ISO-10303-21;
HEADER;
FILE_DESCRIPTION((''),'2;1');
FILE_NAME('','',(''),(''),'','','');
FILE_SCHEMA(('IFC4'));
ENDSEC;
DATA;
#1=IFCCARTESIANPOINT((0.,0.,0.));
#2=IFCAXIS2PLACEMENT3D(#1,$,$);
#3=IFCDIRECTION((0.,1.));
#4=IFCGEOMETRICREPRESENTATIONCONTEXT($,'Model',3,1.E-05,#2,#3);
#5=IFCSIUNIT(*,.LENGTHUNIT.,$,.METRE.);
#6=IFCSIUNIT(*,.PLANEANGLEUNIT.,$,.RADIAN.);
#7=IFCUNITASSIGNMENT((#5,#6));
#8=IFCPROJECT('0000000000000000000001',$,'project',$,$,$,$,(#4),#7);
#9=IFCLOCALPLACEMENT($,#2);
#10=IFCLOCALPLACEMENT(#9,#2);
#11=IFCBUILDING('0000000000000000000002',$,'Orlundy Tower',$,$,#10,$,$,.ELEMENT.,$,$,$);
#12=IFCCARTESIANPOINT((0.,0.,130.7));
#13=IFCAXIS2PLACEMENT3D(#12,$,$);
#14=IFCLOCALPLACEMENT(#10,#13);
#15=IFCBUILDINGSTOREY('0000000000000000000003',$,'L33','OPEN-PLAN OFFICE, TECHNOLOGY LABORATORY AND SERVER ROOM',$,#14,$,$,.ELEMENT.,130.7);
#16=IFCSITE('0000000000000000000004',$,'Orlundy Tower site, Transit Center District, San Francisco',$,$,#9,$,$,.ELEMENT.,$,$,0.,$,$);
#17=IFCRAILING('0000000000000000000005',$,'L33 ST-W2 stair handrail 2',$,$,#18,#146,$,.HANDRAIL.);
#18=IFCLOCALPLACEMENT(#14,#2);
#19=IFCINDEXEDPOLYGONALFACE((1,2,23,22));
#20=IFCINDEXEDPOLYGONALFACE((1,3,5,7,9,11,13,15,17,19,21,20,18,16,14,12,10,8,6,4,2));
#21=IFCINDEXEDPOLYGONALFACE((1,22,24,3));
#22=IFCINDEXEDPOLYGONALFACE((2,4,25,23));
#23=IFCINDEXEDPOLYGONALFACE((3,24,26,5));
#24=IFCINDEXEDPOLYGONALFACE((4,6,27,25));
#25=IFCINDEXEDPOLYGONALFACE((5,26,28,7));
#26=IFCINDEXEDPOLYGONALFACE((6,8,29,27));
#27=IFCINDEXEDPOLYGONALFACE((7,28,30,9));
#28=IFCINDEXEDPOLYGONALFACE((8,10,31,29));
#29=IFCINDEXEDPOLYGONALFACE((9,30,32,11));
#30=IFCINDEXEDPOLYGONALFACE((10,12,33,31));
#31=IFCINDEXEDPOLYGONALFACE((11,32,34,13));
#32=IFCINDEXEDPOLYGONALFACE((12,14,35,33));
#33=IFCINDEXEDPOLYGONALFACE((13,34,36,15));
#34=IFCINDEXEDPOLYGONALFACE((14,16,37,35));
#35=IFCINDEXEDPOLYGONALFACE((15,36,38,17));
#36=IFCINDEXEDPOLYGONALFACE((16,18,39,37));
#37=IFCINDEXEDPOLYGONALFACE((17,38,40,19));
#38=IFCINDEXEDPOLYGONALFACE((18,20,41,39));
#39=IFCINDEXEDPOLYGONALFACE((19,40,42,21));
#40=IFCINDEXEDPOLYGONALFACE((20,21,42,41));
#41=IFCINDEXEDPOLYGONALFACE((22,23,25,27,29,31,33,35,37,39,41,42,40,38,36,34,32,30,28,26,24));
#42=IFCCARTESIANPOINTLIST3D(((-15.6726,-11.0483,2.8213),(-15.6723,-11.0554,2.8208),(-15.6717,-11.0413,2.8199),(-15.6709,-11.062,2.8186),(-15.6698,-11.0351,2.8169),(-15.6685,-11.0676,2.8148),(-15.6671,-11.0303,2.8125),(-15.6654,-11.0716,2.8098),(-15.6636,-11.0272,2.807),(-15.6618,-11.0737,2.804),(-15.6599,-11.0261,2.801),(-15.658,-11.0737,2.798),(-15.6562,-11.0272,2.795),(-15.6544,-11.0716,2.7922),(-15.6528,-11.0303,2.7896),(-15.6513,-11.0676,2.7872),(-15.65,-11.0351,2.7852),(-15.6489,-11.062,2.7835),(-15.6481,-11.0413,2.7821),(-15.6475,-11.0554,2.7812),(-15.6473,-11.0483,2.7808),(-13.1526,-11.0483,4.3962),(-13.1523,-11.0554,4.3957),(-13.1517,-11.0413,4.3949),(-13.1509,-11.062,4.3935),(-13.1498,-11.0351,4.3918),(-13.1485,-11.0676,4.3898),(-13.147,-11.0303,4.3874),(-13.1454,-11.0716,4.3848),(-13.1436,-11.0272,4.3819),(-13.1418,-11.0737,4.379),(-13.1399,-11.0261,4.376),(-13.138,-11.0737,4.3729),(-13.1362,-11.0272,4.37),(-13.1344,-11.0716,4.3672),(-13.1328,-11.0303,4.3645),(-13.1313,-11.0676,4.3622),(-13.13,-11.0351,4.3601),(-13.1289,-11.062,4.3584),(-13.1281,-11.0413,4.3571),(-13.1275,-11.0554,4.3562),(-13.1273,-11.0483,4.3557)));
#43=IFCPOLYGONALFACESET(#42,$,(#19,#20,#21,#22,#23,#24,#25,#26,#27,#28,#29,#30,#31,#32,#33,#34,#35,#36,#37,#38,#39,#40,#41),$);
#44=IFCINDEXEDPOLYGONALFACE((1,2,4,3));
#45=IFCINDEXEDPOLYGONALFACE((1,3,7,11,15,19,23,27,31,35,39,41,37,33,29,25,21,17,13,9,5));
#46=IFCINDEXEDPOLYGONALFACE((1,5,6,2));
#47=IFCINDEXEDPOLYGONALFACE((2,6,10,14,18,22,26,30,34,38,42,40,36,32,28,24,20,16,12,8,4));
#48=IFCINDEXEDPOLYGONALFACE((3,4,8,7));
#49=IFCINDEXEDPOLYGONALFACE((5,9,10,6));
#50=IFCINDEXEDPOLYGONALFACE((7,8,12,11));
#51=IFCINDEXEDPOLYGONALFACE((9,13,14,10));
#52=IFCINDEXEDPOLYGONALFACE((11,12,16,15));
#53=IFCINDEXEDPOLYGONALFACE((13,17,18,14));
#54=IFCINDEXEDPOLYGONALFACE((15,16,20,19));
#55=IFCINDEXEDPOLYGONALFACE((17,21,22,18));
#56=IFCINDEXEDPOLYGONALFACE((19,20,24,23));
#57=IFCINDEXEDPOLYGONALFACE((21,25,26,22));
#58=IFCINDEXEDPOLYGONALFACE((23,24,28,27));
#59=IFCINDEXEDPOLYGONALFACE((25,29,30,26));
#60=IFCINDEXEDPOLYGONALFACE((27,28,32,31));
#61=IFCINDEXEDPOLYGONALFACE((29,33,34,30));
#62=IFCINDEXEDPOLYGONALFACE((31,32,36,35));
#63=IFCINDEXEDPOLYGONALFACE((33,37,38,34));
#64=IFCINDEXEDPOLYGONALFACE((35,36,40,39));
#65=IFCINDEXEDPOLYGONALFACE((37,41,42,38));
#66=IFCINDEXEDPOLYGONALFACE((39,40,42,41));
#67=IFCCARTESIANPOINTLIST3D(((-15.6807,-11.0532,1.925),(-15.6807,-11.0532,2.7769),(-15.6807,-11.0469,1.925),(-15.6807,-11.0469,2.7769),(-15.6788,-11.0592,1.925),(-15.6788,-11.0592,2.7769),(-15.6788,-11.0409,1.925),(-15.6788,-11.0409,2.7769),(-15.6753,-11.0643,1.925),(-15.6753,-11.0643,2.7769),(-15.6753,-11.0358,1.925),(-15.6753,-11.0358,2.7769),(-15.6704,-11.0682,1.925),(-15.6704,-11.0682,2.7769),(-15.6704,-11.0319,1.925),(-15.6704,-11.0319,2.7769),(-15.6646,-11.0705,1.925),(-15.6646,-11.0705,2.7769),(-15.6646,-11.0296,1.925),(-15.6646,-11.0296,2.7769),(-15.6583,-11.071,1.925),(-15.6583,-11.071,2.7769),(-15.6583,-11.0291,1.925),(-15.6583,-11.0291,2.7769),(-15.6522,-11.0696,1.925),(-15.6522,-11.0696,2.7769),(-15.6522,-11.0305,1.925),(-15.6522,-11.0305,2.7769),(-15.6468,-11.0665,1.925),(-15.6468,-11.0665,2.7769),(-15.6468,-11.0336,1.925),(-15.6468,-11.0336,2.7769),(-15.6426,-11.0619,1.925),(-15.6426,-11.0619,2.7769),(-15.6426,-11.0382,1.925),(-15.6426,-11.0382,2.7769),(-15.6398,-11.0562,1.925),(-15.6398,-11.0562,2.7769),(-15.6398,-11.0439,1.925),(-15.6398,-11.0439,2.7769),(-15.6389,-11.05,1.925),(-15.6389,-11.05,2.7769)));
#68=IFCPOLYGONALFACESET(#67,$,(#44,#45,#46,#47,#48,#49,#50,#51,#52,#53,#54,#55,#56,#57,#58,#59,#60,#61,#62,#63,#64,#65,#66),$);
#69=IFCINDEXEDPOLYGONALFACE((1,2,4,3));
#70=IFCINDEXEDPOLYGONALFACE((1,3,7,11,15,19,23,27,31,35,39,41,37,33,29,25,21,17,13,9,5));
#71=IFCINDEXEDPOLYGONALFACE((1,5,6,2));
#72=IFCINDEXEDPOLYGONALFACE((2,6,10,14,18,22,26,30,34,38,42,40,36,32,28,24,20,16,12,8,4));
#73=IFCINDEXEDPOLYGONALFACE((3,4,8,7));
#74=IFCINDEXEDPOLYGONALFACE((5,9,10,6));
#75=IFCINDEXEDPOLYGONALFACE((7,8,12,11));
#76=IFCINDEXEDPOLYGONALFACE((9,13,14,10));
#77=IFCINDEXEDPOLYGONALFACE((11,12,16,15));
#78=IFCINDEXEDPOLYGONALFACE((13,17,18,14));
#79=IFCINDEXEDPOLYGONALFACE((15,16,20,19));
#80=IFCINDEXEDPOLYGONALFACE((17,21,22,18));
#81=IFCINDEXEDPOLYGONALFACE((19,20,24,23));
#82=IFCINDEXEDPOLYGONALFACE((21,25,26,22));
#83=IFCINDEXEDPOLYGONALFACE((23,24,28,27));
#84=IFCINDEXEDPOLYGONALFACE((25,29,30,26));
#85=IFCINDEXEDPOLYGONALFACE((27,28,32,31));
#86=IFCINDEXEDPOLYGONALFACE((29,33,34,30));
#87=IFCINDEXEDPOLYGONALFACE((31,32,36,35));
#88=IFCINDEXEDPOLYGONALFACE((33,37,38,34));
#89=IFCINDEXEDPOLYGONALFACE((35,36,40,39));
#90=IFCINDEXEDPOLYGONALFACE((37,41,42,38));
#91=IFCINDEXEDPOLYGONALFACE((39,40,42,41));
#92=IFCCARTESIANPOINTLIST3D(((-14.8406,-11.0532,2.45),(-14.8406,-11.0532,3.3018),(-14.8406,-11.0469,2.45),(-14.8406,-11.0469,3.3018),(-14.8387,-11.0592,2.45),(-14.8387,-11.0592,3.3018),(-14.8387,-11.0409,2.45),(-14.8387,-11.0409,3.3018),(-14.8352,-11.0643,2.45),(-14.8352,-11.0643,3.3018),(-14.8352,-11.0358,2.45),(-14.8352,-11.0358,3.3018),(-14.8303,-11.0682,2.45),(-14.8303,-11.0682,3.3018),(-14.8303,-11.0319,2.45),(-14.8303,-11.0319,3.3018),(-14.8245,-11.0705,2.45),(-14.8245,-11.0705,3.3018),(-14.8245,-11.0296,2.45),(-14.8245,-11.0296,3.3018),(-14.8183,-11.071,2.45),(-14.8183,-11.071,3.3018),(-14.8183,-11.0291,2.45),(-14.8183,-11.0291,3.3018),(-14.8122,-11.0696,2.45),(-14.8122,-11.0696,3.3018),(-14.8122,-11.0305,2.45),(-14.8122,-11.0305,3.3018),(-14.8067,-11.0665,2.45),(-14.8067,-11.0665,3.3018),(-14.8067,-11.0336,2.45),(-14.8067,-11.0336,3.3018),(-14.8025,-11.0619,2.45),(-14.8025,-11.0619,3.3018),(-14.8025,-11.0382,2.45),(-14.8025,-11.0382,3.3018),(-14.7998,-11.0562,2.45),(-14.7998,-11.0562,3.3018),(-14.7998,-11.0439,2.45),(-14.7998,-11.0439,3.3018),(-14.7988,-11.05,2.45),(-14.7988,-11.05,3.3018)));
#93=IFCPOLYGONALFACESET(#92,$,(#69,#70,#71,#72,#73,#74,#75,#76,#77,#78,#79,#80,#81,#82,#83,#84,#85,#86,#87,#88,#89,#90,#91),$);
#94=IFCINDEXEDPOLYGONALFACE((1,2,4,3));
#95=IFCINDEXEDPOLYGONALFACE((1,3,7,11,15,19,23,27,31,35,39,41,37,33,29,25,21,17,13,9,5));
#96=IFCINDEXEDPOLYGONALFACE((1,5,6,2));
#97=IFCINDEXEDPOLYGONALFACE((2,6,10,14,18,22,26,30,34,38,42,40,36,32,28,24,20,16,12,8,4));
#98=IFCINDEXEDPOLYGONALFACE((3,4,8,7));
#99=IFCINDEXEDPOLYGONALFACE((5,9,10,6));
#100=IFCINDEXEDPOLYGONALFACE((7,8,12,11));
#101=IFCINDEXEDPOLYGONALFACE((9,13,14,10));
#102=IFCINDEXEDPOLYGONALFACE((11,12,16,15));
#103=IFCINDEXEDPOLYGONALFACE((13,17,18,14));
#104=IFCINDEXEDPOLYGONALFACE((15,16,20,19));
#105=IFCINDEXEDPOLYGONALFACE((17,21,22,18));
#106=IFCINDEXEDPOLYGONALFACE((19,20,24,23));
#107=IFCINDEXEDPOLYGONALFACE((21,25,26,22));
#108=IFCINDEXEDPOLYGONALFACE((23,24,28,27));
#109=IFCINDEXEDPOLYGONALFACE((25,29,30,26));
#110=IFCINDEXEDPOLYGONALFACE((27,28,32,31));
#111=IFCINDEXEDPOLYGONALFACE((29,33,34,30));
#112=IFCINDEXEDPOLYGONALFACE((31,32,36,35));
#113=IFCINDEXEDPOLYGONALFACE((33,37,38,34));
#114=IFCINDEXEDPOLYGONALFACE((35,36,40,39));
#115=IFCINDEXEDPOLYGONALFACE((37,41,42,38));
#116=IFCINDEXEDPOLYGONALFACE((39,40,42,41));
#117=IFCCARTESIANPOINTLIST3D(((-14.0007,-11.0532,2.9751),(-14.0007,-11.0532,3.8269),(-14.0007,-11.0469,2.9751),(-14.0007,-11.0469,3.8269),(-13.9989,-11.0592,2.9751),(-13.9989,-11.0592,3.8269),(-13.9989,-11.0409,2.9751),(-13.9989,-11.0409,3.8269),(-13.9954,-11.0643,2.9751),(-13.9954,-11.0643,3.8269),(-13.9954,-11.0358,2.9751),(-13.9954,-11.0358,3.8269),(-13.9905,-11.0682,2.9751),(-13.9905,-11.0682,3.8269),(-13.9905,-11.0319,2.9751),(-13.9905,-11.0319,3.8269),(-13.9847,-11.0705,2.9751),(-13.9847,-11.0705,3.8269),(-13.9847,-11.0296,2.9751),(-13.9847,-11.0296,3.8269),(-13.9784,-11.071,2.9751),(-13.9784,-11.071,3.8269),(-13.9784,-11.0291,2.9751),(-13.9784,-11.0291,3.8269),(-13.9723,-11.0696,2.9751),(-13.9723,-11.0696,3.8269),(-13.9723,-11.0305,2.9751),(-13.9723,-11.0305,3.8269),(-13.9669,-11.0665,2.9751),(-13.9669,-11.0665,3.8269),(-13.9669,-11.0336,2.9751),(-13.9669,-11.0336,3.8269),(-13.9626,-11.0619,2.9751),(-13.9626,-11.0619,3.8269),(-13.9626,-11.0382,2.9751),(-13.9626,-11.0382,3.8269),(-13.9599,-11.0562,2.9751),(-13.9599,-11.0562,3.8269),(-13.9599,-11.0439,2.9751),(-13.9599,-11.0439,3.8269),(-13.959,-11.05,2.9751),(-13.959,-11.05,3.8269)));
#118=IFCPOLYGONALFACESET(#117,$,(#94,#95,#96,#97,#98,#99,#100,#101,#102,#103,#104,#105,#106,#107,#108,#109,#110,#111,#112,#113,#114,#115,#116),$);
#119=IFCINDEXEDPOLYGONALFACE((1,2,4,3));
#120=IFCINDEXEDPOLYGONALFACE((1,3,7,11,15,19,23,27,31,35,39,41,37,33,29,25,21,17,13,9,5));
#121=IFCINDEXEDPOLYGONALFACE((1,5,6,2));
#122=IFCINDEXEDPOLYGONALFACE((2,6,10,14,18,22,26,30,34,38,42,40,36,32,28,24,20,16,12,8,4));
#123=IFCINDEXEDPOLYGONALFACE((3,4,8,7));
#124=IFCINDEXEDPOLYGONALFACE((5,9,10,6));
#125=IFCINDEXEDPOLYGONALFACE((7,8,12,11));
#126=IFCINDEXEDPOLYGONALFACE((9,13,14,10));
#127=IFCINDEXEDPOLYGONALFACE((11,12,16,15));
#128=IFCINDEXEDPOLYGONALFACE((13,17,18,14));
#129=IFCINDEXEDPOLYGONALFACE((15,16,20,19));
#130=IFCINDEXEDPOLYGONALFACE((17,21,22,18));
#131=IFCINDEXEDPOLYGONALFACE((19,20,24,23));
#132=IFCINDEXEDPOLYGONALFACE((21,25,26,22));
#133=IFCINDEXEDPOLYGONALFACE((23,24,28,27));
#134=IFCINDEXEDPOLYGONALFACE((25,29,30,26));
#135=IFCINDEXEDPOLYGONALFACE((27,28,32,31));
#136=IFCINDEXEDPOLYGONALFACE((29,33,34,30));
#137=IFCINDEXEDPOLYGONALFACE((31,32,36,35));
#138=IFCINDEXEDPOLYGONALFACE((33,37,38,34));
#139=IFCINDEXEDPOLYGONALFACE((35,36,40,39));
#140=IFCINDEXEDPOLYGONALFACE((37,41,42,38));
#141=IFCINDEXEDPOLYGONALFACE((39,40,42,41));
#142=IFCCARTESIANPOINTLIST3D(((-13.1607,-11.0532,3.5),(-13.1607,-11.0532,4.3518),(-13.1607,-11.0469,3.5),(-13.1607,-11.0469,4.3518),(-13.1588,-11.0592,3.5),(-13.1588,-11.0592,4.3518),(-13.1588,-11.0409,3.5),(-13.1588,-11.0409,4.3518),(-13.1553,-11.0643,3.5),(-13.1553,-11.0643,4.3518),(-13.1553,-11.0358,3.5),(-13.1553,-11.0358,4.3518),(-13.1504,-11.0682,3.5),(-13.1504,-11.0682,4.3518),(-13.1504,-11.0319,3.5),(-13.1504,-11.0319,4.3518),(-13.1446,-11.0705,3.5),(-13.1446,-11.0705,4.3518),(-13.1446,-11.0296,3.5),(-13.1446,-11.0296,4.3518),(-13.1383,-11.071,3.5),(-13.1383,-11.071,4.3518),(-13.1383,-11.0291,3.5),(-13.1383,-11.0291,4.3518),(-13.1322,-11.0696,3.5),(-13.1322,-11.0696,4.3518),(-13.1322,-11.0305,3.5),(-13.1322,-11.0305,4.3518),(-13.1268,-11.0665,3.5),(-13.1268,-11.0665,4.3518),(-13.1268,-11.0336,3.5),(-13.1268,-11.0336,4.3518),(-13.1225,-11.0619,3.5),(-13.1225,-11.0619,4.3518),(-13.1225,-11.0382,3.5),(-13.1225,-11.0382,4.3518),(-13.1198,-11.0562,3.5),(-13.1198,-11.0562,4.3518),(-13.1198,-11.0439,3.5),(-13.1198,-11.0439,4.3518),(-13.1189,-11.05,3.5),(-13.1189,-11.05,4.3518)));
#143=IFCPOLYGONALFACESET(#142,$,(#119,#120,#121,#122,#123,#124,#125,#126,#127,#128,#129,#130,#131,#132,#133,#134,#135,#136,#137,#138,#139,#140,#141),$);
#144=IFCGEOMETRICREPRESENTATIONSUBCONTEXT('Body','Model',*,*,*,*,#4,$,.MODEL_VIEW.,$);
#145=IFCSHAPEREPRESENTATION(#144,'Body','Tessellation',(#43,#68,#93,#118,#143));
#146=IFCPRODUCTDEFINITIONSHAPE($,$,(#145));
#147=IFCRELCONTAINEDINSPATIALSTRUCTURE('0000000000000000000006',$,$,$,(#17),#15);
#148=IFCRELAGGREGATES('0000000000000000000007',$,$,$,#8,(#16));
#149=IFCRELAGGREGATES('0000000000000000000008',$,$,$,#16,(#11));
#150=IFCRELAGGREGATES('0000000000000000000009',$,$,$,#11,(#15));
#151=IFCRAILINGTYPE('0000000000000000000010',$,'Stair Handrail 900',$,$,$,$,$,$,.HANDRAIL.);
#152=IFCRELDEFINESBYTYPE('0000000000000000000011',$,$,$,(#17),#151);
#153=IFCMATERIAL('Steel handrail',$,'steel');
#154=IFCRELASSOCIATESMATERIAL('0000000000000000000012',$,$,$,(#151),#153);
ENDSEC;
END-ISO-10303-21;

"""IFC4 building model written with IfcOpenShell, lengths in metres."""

from ifc_helpers import new_model, si_unit, direction, frame, origin, origin_2d, place, context, subcontext, project, spatial, circle, extrude, material, type_object, element, save


model = new_model("IFC4")

# Units and contexts
model_context = context("Model", 3, precision=1e-05, world=origin(), true_north=direction((0.0, 1.0)))
body_context = subcontext(model_context, "Body", "Model", "MODEL_VIEW")
ifc_project = project(units=[si_unit("LENGTHUNIT", "METRE"), si_unit("PLANEANGLEUNIT", "RADIAN")], contexts=[model_context])

# Site, building, storey
site_placement = place(None, origin())
site = spatial("IfcSite", under=ifc_project, at=site_placement, Name="Orlundy Tower site, Transit Center District, San Francisco", CompositionType="ELEMENT", RefElevation=0.0)
building_placement = place(site_placement, origin())
building = spatial("IfcBuilding", under=site, at=building_placement, Name="Orlundy Tower", CompositionType="ELEMENT")
storey_placement = place(building_placement, frame((0.0, 0.0, 130.7)))
storey = spatial("IfcBuildingStorey", under=building, at=storey_placement, Name="L33", Description="OPEN-PLAN OFFICE, TECHNOLOGY LABORATORY AND SERVER ROOM", CompositionType="ELEMENT", Elevation=130.7)

# Railing
ifc_material_1 = material(Name="Steel handrail", Category="steel")
railing_type = type_object("IfcRailingType", Name="Stair Handrail 900", PredefinedType="HANDRAIL", material=ifc_material_1)
railing_placement = place(storey_placement, frame((-15.6599, -11.05, 1.925)))
element("IfcRailing", 1, at=railing_placement, inside=storey, type_object=railing_type, Name="L33 ST-W2 stair handrail 2", PredefinedType="HANDRAIL", context=body_context, shape_type="SweptSolid", body=[
    extrude(circle(Radius=0.0239, at=origin_2d()), frame((0.0, 0.0, 0.876), z_axis=(0.848008, 0.0, 0.529984), x_axis=(0.0, 1.0, 0.0)), (0.0, 0.0, 1.0), 2.9717),
    extrude(circle(Radius=0.021, at=origin_2d()), origin(), (0.0, 0.0, 1.0), 0.8518),
    extrude(circle(Radius=0.021, at=origin_2d()), frame((0.8401, 0.0, 0.5249)), (0.0, 0.0, 1.0), 0.8518),
    extrude(circle(Radius=0.021, at=origin_2d()), frame((1.6799, 0.0, 1.05)), (0.0, 0.0, 1.0), 0.8518),
    extrude(circle(Radius=0.021, at=origin_2d()), frame((2.52, 0.0, 1.575)), (0.0, 0.0, 1.0), 0.8518),
])

save(model, "model.ifc")
